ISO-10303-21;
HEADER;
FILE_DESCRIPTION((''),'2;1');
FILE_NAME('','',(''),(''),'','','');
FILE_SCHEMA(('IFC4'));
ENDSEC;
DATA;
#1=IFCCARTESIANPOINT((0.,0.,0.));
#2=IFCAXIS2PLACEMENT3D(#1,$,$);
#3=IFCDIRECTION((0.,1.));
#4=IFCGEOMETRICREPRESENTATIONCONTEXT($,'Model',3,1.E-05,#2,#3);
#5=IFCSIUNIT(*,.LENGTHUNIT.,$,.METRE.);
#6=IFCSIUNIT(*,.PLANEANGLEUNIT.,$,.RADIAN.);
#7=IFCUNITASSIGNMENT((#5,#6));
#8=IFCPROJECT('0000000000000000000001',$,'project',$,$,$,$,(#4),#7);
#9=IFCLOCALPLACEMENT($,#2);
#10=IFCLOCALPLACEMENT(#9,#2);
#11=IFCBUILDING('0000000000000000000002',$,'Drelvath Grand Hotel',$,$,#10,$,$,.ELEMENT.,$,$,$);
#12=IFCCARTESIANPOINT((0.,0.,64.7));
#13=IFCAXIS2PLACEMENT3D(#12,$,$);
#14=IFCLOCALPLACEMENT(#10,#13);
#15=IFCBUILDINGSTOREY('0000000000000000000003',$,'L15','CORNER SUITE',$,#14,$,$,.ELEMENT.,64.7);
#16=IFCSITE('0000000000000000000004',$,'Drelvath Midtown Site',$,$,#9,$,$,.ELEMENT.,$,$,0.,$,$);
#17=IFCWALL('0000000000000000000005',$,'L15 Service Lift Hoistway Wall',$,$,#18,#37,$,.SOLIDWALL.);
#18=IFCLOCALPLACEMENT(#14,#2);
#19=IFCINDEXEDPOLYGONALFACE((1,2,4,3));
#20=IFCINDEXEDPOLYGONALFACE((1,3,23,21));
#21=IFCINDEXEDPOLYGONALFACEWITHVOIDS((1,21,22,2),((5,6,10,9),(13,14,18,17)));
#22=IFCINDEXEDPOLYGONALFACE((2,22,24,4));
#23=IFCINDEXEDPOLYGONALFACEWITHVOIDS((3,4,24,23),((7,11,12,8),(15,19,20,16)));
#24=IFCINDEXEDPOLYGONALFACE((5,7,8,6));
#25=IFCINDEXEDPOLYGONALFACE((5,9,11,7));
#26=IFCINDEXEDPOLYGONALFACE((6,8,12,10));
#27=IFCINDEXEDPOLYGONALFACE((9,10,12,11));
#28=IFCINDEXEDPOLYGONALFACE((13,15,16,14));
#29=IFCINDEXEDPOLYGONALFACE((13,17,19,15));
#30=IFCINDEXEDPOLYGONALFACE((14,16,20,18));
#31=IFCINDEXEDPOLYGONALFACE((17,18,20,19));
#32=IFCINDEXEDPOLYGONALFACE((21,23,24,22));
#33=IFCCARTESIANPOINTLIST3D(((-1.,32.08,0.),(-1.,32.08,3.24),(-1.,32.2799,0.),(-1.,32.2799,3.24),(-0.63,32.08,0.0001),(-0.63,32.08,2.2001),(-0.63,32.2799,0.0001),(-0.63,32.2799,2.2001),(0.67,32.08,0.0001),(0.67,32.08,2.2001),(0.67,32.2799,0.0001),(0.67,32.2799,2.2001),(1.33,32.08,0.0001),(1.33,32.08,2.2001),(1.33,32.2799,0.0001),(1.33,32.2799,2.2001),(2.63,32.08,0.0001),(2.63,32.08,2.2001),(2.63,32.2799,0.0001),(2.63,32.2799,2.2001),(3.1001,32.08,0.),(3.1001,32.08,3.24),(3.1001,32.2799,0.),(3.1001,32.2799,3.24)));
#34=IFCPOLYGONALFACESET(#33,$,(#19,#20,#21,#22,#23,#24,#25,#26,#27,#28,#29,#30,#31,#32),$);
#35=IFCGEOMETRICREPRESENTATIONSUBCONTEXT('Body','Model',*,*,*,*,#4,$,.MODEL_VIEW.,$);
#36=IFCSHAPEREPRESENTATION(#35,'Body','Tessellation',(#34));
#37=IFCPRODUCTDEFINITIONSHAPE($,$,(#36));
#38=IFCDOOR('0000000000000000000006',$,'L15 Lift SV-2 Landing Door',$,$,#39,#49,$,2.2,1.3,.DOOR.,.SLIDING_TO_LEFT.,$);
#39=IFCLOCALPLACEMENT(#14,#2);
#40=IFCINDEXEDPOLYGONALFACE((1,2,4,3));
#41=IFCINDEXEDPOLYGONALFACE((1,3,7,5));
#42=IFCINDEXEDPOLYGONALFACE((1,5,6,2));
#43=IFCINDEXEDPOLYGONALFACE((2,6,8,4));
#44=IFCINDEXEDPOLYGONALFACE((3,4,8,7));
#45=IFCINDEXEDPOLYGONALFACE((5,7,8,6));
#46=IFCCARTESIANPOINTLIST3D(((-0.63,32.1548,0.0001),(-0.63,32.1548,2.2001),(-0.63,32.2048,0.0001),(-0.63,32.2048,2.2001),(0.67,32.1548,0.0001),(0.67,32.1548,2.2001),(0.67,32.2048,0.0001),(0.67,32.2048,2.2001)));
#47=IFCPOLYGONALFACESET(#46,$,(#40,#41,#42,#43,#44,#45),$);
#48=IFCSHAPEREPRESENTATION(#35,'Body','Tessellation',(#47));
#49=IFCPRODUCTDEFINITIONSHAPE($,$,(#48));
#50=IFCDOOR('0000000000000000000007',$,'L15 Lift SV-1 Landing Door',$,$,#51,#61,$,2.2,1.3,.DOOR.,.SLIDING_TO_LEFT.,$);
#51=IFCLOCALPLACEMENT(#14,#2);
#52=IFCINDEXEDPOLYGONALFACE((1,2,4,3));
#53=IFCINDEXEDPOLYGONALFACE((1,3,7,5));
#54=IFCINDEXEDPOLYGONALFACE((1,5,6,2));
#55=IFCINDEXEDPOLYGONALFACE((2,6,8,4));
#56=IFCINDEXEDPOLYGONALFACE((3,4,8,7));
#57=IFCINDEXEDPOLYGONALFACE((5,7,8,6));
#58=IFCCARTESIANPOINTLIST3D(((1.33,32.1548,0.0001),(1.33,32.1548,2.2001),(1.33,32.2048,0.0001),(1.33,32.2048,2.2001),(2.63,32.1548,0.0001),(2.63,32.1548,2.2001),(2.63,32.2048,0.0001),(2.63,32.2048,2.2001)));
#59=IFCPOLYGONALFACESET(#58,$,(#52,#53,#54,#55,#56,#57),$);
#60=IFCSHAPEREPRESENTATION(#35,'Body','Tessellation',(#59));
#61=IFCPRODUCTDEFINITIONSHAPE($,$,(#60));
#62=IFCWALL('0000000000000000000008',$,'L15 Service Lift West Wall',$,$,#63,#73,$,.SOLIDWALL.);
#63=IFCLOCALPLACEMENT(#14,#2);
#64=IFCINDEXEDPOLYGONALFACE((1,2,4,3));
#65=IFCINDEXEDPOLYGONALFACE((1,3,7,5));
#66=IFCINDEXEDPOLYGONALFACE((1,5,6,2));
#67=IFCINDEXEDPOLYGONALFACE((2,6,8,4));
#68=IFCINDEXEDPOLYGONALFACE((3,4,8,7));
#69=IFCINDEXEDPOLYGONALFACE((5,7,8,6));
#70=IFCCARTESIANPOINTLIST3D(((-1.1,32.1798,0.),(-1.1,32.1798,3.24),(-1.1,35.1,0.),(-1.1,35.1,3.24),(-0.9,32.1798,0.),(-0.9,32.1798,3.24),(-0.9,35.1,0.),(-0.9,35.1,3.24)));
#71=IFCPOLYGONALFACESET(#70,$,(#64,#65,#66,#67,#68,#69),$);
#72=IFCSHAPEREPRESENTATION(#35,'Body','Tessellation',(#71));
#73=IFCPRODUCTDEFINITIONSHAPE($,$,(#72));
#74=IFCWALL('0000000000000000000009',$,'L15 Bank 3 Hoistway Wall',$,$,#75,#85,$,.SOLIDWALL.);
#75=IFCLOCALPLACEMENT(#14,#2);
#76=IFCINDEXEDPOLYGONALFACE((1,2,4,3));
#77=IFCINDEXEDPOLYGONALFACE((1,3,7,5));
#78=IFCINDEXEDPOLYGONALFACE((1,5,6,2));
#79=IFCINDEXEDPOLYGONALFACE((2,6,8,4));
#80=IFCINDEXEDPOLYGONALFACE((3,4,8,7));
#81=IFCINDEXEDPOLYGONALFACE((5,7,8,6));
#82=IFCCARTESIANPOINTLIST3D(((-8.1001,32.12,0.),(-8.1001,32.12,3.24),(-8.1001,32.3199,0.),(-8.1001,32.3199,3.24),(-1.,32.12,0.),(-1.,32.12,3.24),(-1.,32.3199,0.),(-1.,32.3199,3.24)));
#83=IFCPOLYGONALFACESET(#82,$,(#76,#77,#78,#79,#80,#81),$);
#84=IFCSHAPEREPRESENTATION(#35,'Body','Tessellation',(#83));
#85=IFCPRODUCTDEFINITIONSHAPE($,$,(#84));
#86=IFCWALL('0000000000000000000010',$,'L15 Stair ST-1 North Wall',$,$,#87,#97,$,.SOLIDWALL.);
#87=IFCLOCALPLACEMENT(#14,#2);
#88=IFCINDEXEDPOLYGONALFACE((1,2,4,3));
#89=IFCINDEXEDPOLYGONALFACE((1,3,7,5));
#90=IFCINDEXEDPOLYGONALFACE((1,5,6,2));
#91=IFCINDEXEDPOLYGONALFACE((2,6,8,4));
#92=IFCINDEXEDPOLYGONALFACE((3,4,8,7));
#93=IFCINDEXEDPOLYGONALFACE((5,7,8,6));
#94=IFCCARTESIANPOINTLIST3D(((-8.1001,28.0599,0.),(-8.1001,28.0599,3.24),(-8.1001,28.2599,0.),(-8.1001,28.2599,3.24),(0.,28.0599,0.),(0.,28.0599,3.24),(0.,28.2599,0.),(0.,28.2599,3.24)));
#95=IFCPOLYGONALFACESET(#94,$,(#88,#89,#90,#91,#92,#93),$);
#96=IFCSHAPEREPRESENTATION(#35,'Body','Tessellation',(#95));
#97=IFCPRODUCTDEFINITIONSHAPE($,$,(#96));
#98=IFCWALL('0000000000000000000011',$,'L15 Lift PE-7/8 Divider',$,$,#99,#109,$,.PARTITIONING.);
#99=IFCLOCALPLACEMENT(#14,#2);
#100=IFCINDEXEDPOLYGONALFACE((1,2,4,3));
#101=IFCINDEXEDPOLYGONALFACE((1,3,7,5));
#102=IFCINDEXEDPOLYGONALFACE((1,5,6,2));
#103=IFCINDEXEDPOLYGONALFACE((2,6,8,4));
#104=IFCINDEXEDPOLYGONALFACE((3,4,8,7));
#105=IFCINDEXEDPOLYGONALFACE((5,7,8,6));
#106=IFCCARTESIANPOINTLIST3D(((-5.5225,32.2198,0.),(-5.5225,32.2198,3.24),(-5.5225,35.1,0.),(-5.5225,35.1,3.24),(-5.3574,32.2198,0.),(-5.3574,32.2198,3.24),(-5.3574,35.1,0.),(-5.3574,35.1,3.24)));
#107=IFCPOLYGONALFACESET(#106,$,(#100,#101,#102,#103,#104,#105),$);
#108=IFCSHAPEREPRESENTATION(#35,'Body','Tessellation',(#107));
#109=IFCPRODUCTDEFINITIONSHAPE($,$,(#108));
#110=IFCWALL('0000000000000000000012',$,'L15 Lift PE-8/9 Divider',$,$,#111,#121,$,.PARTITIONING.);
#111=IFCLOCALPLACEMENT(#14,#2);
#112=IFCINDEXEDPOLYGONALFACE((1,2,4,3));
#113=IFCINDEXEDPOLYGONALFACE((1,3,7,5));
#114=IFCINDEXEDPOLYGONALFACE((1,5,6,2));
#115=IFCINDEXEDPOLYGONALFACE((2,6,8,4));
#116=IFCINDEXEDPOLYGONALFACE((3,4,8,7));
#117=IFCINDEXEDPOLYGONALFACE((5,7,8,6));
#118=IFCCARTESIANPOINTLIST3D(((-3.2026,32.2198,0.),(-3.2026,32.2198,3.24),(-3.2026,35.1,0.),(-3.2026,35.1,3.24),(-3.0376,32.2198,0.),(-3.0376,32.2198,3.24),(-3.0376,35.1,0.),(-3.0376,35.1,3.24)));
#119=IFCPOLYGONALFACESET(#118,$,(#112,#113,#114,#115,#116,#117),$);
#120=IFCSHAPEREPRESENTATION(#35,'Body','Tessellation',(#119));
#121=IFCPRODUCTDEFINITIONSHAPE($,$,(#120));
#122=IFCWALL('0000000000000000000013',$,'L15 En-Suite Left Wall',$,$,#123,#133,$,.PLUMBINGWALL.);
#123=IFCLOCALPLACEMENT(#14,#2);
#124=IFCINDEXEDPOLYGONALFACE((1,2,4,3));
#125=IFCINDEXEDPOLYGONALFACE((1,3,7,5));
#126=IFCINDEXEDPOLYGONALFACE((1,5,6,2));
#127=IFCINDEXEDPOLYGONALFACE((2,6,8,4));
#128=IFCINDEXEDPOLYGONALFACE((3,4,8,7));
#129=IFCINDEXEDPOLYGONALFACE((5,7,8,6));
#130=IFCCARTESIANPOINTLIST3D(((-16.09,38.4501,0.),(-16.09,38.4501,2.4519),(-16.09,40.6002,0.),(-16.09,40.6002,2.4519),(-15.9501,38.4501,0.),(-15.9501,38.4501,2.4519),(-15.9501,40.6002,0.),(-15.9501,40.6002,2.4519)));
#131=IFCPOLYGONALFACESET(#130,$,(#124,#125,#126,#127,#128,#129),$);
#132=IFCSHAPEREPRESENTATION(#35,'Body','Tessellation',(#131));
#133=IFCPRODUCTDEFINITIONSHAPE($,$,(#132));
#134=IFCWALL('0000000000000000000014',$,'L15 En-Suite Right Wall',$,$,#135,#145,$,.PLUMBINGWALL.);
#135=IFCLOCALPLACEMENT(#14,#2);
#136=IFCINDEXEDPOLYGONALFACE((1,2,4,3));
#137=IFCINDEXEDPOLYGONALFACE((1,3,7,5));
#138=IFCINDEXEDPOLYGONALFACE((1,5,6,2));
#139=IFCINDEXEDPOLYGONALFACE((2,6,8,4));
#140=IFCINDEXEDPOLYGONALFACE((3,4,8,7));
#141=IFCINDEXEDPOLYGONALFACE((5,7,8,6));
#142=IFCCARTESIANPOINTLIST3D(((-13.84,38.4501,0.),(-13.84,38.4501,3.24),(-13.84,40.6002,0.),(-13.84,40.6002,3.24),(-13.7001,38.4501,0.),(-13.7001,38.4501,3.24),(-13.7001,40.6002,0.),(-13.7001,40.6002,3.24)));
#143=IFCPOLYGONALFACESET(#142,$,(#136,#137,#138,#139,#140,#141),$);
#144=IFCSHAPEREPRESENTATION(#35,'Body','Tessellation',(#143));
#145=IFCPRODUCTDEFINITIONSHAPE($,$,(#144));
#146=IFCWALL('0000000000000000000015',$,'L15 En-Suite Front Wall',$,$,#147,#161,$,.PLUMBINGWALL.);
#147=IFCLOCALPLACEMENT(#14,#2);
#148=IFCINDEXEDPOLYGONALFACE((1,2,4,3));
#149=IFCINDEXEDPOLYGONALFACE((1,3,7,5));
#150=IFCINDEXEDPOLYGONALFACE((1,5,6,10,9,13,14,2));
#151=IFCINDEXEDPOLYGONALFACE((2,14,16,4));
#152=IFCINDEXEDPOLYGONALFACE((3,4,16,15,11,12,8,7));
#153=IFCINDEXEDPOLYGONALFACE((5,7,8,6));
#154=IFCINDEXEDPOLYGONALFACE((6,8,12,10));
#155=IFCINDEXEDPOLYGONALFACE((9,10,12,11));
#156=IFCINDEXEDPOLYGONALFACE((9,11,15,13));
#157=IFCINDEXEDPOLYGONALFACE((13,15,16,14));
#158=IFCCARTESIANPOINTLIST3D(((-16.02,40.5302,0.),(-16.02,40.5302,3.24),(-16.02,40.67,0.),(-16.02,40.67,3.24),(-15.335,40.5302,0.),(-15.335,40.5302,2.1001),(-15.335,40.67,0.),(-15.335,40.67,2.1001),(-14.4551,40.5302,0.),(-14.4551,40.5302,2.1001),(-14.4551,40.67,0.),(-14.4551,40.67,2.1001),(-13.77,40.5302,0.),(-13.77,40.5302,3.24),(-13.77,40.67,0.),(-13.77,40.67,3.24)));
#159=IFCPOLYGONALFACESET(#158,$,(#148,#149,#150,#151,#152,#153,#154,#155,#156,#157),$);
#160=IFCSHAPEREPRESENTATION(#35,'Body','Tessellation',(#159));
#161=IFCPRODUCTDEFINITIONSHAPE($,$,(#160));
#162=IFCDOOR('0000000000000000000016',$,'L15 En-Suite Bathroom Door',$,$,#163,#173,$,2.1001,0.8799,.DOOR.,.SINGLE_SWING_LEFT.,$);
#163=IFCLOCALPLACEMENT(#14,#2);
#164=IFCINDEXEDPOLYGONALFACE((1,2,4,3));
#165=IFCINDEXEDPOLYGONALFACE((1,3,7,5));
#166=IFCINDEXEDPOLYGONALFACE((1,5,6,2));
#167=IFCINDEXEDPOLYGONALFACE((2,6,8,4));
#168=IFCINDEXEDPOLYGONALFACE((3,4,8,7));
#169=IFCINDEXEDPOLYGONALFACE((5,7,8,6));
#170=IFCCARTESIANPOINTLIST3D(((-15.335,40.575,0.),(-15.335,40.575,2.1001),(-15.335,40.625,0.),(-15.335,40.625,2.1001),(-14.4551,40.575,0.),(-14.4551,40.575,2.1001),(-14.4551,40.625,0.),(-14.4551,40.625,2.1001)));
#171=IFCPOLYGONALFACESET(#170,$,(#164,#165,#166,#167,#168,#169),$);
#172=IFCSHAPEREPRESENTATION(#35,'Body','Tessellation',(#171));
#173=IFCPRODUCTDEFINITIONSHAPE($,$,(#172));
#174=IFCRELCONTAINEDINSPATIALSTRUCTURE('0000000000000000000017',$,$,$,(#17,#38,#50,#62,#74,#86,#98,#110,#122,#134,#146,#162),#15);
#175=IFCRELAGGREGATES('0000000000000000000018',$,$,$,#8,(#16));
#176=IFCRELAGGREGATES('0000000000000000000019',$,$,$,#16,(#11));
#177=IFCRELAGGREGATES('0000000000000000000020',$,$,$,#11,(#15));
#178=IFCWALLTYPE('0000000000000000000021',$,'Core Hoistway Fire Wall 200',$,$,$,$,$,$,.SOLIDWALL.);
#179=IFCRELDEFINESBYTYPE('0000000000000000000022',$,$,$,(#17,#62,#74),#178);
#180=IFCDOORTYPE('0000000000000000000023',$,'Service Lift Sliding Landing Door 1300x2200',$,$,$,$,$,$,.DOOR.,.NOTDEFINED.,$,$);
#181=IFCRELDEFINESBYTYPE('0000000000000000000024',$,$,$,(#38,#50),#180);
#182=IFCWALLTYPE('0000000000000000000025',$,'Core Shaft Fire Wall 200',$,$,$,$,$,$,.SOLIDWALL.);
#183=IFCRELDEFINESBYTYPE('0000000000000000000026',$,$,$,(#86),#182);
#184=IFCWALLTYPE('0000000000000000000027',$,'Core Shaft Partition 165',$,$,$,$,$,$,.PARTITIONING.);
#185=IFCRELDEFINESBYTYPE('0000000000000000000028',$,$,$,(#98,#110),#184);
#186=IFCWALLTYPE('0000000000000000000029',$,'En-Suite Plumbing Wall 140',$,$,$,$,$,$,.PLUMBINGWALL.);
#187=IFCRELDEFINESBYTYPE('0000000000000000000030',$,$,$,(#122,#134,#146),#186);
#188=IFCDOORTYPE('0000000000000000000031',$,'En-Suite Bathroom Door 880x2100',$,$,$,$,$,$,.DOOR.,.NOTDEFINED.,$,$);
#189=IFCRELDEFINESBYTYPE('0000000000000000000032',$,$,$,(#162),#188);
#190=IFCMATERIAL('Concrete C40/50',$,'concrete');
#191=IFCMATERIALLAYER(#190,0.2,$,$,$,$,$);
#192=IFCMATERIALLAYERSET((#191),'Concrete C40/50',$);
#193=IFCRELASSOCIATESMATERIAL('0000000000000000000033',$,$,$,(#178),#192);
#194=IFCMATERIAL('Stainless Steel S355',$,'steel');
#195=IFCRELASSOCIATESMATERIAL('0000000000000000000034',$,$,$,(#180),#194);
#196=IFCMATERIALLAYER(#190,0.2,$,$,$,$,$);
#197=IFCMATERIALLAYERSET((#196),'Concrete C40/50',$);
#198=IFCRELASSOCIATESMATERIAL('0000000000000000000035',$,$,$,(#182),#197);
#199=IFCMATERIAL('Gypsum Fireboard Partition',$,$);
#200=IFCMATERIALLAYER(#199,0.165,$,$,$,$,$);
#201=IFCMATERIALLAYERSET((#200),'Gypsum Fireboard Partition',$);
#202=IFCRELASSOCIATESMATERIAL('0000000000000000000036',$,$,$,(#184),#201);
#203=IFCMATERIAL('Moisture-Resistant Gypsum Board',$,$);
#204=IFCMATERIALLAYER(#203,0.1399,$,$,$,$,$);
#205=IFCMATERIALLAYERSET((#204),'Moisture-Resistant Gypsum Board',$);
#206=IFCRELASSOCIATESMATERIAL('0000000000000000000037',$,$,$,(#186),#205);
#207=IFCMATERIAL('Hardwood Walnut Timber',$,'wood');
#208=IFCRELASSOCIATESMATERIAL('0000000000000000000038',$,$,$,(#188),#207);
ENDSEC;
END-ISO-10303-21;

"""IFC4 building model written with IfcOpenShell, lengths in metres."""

from ifc_helpers import new_model, si_unit, direction, frame, frame_2d, origin, place, context, subcontext, project, spatial, rectangle, extrude, material, layer, layer_set, type_object, element, fill, save


model = new_model("IFC4")

# Units and contexts
model_context = context("Model", 3, precision=1e-05, world=origin(), true_north=direction((0.0, 1.0)))
body_context = subcontext(model_context, "Body", "Model", "MODEL_VIEW")
ifc_project = project(units=[si_unit("LENGTHUNIT", "METRE"), si_unit("PLANEANGLEUNIT", "RADIAN")], contexts=[model_context])

# Site, building, storey
site_placement = place(None, origin())
site = spatial("IfcSite", under=ifc_project, at=site_placement, Name="Drelvath Midtown Site", CompositionType="ELEMENT", RefElevation=0.0)
building_placement = place(site_placement, origin())
building = spatial("IfcBuilding", under=site, at=building_placement, Name="Drelvath Grand Hotel", CompositionType="ELEMENT")
storey_placement = place(building_placement, frame((0.0, 0.0, 64.7)))
storey = spatial("IfcBuildingStorey", under=building, at=storey_placement, Name="L15", Description="CORNER SUITE", CompositionType="ELEMENT", Elevation=64.7)

# Wall, openings, doors
ifc_material_1 = material(Name="Concrete C40/50", Category="concrete")
ifc_layer_1 = layer(ifc_material_1, 0.2)
ifc_layer_set_1 = layer_set([ifc_layer_1], Name="Concrete C40/50")
wall_type_1 = type_object("IfcWallType", Name="Core Hoistway Fire Wall 200", PredefinedType="SOLIDWALL", material=ifc_layer_set_1)
wall_1_placement = place(storey_placement, frame((-1.0, 32.1799, 0.0), z_axis=(0.0, 0.0, 1.0), x_axis=(1.0, 0.0, 0.0)))
wall_1 = element("IfcWall", 1, at=wall_1_placement, inside=storey, type_object=wall_type_1, Name="L15 Service Lift Hoistway Wall", PredefinedType="SOLIDWALL", context=body_context, shape_type="SweptSolid", body=[
    extrude(rectangle(XDim=4.1001, YDim=0.2, at=frame_2d((2.05, 0.0))), origin(), (0.0, 0.0, 1.0), 3.24),
])
opening_1_placement = place(wall_1_placement, frame((0.3701, 0.0, 0.0)))
opening_1 = element("IfcOpeningElement", 2, at=opening_1_placement, cuts=wall_1, PredefinedType="OPENING", context=body_context, shape_type="SweptSolid", body=[
    extrude(rectangle(XDim=1.3, YDim=2.2, at=frame_2d((0.6499, 1.1001))), frame((0.0, 0.1099, 0.0), z_axis=(0.0, -1.0, 0.0), x_axis=(1.0, 0.0, 0.0)), (0.0, 0.0, 1.0), 0.22),
])
opening_2_placement = place(wall_1_placement, frame((2.3301, 0.0, 0.0)))
opening_2 = element("IfcOpeningElement", 3, at=opening_2_placement, cuts=wall_1, PredefinedType="OPENING", context=body_context, shape_type="SweptSolid", body=[
    extrude(rectangle(XDim=1.3, YDim=2.2, at=frame_2d((0.6499, 1.1001))), frame((0.0, 0.1099, 0.0), z_axis=(0.0, -1.0, 0.0), x_axis=(1.0, 0.0, 0.0)), (0.0, 0.0, 1.0), 0.22),
])
ifc_material_2 = material(Name="Stainless Steel S355", Category="steel")
door_type_1 = type_object("IfcDoorType", Name="Service Lift Sliding Landing Door 1300x2200", OperationType="NOTDEFINED", PredefinedType="DOOR", material=ifc_material_2)
door_1_placement = place(opening_1_placement, origin())
door_1 = element("IfcDoor", 4, at=door_1_placement, inside=storey, type_object=door_type_1, Name="L15 Lift SV-2 Landing Door", OperationType="SLIDING_TO_LEFT", OverallHeight=2.2, OverallWidth=1.3, PredefinedType="DOOR", context=body_context, shape_type="SweptSolid", body=[
    extrude(rectangle(XDim=1.3, YDim=2.2, at=frame_2d((0.6499, 1.1001))), frame((0.0, 0.0249, 0.0), z_axis=(0.0, -1.0, 0.0), x_axis=(1.0, 0.0, 0.0)), (0.0, 0.0, 1.0), 0.05),
])
fill(opening_1, door_1)
door_2_placement = place(opening_2_placement, origin())
door_2 = element("IfcDoor", 5, at=door_2_placement, inside=storey, type_object=door_type_1, Name="L15 Lift SV-1 Landing Door", OperationType="SLIDING_TO_LEFT", OverallHeight=2.2, OverallWidth=1.3, PredefinedType="DOOR", context=body_context, shape_type="SweptSolid", body=[
    extrude(rectangle(XDim=1.3, YDim=2.2, at=frame_2d((0.6499, 1.1001))), frame((0.0, 0.0249, 0.0), z_axis=(0.0, -1.0, 0.0), x_axis=(1.0, 0.0, 0.0)), (0.0, 0.0, 1.0), 0.05),
])
fill(opening_2, door_2)

# Walls
wall_2_placement = place(storey_placement, frame((-1.0, 32.1799, 0.0), z_axis=(0.0, 0.0, 1.0), x_axis=(0.0, 1.0, 0.0)))
element("IfcWall", 6, at=wall_2_placement, inside=storey, type_object=wall_type_1, Name="L15 Service Lift West Wall", PredefinedType="SOLIDWALL", context=body_context, shape_type="SweptSolid", body=[
    extrude(rectangle(XDim=2.9202, YDim=0.2, at=frame_2d((1.46, 0.0))), origin(), (0.0, 0.0, 1.0), 3.24),
])
wall_3_placement = place(storey_placement, frame((-8.1001, 32.22, 0.0), z_axis=(0.0, 0.0, 1.0), x_axis=(1.0, 0.0, 0.0)))
element("IfcWall", 7, at=wall_3_placement, inside=storey, type_object=wall_type_1, Name="L15 Bank 3 Hoistway Wall", PredefinedType="SOLIDWALL", context=body_context, shape_type="SweptSolid", body=[
    extrude(rectangle(XDim=7.1001, YDim=0.2, at=frame_2d((3.55, 0.0))), origin(), (0.0, 0.0, 1.0), 3.24),
])
ifc_layer_2 = layer(ifc_material_1, 0.2)
ifc_layer_set_2 = layer_set([ifc_layer_2], Name="Concrete C40/50")
wall_type_2 = type_object("IfcWallType", Name="Core Shaft Fire Wall 200", PredefinedType="SOLIDWALL", material=ifc_layer_set_2)
wall_4_placement = place(storey_placement, frame((-8.1001, 28.1599, 0.0), z_axis=(0.0, 0.0, 1.0), x_axis=(1.0, 0.0, 0.0)))
element("IfcWall", 8, at=wall_4_placement, inside=storey, type_object=wall_type_2, Name="L15 Stair ST-1 North Wall", PredefinedType="SOLIDWALL", context=body_context, shape_type="SweptSolid", body=[
    extrude(rectangle(XDim=8.1001, YDim=0.2, at=frame_2d((4.05, 0.0))), origin(), (0.0, 0.0, 1.0), 3.24),
])
ifc_material_3 = material(Name="Gypsum Fireboard Partition")
ifc_layer_3 = layer(ifc_material_3, 0.165)
ifc_layer_set_3 = layer_set([ifc_layer_3], Name="Gypsum Fireboard Partition")
wall_type_3 = type_object("IfcWallType", Name="Core Shaft Partition 165", PredefinedType="PARTITIONING", material=ifc_layer_set_3)
for number, where, z_axis, x_axis, name in (
    (9, (-5.4399, 32.22, 0.0), (0.0, 0.0, 1.0), (0.0, 1.0, 0.0), "L15 Lift PE-7/8 Divider"),
    (10, (-3.1201, 32.22, 0.0), (0.0, 0.0, 1.0), (0.0, 1.0, 0.0), "L15 Lift PE-8/9 Divider"),
):
    element("IfcWall", number, at=place(storey_placement, frame(where, z_axis=z_axis, x_axis=x_axis)), inside=storey, type_object=wall_type_3, Name=name, PredefinedType="PARTITIONING", context=body_context, shape_type="SweptSolid", body=[
        extrude(rectangle(XDim=2.8801, YDim=0.165, at=frame_2d((1.4399, 0.0))), origin(), (0.0, 0.0, 1.0), 3.24),
    ])
ifc_material_4 = material(Name="Moisture-Resistant Gypsum Board")
ifc_layer_4 = layer(ifc_material_4, 0.1399)
ifc_layer_set_4 = layer_set([ifc_layer_4], Name="Moisture-Resistant Gypsum Board")
wall_type_4 = type_object("IfcWallType", Name="En-Suite Plumbing Wall 140", PredefinedType="PLUMBINGWALL", material=ifc_layer_set_4)
wall_5_placement = place(storey_placement, frame((-16.02, 38.45, 0.0), z_axis=(0.0, 0.0, 1.0), x_axis=(0.0, 1.0, 0.0)))
element("IfcWall", 11, at=wall_5_placement, inside=storey, type_object=wall_type_4, Name="L15 En-Suite Left Wall", PredefinedType="PLUMBINGWALL", context=body_context, shape_type="SweptSolid", body=[
    extrude(rectangle(XDim=2.1501, YDim=0.1399, at=frame_2d((1.0752, 0.0))), origin(), (0.0, 0.0, 1.0), 2.4519),
])
wall_6_placement = place(storey_placement, frame((-13.77, 38.45, 0.0), z_axis=(0.0, 0.0, 1.0), x_axis=(0.0, 1.0, 0.0)))
element("IfcWall", 12, at=wall_6_placement, inside=storey, type_object=wall_type_4, Name="L15 En-Suite Right Wall", PredefinedType="PLUMBINGWALL", context=body_context, shape_type="SweptSolid", body=[
    extrude(rectangle(XDim=2.1501, YDim=0.1399, at=frame_2d((1.0752, 0.0))), origin(), (0.0, 0.0, 1.0), 3.24),
])

# Wall, opening, door
wall_7_placement = place(storey_placement, frame((-16.02, 40.6001, 0.0), z_axis=(0.0, 0.0, 1.0), x_axis=(1.0, 0.0, 0.0)))
wall_7 = element("IfcWall", 13, at=wall_7_placement, inside=storey, type_object=wall_type_4, Name="L15 En-Suite Front Wall", PredefinedType="PLUMBINGWALL", context=body_context, shape_type="SweptSolid", body=[
    extrude(rectangle(XDim=2.25, YDim=0.1399, at=frame_2d((1.125, 0.0))), origin(), (0.0, 0.0, 1.0), 3.24),
])
opening_3_placement = place(wall_7_placement, frame((0.6851, 0.0, 0.0)))
opening_3 = element("IfcOpeningElement", 14, at=opening_3_placement, cuts=wall_7, PredefinedType="OPENING", context=body_context, shape_type="SweptSolid", body=[
    extrude(rectangle(XDim=0.8799, YDim=2.1001, at=frame_2d((0.4399, 1.05))), frame((0.0, 0.0798, 0.0), z_axis=(0.0, -1.0, 0.0), x_axis=(1.0, 0.0, 0.0)), (0.0, 0.0, 1.0), 0.1599),
])
ifc_material_5 = material(Name="Hardwood Walnut Timber", Category="wood")
door_type_2 = type_object("IfcDoorType", Name="En-Suite Bathroom Door 880x2100", OperationType="NOTDEFINED", PredefinedType="DOOR", material=ifc_material_5)
door_3_placement = place(opening_3_placement, origin())
door_3 = element("IfcDoor", 15, at=door_3_placement, inside=storey, type_object=door_type_2, Name="L15 En-Suite Bathroom Door", OperationType="SINGLE_SWING_LEFT", OverallHeight=2.1001, OverallWidth=0.8799, PredefinedType="DOOR", context=body_context, shape_type="SweptSolid", body=[
    extrude(rectangle(XDim=0.8799, YDim=2.1001, at=frame_2d((0.4399, 1.05))), frame((0.0, 0.0249, 0.0), z_axis=(0.0, -1.0, 0.0), x_axis=(1.0, 0.0, 0.0)), (0.0, 0.0, 1.0), 0.05),
])
fill(opening_3, door_3)

save(model, "model.ifc")
